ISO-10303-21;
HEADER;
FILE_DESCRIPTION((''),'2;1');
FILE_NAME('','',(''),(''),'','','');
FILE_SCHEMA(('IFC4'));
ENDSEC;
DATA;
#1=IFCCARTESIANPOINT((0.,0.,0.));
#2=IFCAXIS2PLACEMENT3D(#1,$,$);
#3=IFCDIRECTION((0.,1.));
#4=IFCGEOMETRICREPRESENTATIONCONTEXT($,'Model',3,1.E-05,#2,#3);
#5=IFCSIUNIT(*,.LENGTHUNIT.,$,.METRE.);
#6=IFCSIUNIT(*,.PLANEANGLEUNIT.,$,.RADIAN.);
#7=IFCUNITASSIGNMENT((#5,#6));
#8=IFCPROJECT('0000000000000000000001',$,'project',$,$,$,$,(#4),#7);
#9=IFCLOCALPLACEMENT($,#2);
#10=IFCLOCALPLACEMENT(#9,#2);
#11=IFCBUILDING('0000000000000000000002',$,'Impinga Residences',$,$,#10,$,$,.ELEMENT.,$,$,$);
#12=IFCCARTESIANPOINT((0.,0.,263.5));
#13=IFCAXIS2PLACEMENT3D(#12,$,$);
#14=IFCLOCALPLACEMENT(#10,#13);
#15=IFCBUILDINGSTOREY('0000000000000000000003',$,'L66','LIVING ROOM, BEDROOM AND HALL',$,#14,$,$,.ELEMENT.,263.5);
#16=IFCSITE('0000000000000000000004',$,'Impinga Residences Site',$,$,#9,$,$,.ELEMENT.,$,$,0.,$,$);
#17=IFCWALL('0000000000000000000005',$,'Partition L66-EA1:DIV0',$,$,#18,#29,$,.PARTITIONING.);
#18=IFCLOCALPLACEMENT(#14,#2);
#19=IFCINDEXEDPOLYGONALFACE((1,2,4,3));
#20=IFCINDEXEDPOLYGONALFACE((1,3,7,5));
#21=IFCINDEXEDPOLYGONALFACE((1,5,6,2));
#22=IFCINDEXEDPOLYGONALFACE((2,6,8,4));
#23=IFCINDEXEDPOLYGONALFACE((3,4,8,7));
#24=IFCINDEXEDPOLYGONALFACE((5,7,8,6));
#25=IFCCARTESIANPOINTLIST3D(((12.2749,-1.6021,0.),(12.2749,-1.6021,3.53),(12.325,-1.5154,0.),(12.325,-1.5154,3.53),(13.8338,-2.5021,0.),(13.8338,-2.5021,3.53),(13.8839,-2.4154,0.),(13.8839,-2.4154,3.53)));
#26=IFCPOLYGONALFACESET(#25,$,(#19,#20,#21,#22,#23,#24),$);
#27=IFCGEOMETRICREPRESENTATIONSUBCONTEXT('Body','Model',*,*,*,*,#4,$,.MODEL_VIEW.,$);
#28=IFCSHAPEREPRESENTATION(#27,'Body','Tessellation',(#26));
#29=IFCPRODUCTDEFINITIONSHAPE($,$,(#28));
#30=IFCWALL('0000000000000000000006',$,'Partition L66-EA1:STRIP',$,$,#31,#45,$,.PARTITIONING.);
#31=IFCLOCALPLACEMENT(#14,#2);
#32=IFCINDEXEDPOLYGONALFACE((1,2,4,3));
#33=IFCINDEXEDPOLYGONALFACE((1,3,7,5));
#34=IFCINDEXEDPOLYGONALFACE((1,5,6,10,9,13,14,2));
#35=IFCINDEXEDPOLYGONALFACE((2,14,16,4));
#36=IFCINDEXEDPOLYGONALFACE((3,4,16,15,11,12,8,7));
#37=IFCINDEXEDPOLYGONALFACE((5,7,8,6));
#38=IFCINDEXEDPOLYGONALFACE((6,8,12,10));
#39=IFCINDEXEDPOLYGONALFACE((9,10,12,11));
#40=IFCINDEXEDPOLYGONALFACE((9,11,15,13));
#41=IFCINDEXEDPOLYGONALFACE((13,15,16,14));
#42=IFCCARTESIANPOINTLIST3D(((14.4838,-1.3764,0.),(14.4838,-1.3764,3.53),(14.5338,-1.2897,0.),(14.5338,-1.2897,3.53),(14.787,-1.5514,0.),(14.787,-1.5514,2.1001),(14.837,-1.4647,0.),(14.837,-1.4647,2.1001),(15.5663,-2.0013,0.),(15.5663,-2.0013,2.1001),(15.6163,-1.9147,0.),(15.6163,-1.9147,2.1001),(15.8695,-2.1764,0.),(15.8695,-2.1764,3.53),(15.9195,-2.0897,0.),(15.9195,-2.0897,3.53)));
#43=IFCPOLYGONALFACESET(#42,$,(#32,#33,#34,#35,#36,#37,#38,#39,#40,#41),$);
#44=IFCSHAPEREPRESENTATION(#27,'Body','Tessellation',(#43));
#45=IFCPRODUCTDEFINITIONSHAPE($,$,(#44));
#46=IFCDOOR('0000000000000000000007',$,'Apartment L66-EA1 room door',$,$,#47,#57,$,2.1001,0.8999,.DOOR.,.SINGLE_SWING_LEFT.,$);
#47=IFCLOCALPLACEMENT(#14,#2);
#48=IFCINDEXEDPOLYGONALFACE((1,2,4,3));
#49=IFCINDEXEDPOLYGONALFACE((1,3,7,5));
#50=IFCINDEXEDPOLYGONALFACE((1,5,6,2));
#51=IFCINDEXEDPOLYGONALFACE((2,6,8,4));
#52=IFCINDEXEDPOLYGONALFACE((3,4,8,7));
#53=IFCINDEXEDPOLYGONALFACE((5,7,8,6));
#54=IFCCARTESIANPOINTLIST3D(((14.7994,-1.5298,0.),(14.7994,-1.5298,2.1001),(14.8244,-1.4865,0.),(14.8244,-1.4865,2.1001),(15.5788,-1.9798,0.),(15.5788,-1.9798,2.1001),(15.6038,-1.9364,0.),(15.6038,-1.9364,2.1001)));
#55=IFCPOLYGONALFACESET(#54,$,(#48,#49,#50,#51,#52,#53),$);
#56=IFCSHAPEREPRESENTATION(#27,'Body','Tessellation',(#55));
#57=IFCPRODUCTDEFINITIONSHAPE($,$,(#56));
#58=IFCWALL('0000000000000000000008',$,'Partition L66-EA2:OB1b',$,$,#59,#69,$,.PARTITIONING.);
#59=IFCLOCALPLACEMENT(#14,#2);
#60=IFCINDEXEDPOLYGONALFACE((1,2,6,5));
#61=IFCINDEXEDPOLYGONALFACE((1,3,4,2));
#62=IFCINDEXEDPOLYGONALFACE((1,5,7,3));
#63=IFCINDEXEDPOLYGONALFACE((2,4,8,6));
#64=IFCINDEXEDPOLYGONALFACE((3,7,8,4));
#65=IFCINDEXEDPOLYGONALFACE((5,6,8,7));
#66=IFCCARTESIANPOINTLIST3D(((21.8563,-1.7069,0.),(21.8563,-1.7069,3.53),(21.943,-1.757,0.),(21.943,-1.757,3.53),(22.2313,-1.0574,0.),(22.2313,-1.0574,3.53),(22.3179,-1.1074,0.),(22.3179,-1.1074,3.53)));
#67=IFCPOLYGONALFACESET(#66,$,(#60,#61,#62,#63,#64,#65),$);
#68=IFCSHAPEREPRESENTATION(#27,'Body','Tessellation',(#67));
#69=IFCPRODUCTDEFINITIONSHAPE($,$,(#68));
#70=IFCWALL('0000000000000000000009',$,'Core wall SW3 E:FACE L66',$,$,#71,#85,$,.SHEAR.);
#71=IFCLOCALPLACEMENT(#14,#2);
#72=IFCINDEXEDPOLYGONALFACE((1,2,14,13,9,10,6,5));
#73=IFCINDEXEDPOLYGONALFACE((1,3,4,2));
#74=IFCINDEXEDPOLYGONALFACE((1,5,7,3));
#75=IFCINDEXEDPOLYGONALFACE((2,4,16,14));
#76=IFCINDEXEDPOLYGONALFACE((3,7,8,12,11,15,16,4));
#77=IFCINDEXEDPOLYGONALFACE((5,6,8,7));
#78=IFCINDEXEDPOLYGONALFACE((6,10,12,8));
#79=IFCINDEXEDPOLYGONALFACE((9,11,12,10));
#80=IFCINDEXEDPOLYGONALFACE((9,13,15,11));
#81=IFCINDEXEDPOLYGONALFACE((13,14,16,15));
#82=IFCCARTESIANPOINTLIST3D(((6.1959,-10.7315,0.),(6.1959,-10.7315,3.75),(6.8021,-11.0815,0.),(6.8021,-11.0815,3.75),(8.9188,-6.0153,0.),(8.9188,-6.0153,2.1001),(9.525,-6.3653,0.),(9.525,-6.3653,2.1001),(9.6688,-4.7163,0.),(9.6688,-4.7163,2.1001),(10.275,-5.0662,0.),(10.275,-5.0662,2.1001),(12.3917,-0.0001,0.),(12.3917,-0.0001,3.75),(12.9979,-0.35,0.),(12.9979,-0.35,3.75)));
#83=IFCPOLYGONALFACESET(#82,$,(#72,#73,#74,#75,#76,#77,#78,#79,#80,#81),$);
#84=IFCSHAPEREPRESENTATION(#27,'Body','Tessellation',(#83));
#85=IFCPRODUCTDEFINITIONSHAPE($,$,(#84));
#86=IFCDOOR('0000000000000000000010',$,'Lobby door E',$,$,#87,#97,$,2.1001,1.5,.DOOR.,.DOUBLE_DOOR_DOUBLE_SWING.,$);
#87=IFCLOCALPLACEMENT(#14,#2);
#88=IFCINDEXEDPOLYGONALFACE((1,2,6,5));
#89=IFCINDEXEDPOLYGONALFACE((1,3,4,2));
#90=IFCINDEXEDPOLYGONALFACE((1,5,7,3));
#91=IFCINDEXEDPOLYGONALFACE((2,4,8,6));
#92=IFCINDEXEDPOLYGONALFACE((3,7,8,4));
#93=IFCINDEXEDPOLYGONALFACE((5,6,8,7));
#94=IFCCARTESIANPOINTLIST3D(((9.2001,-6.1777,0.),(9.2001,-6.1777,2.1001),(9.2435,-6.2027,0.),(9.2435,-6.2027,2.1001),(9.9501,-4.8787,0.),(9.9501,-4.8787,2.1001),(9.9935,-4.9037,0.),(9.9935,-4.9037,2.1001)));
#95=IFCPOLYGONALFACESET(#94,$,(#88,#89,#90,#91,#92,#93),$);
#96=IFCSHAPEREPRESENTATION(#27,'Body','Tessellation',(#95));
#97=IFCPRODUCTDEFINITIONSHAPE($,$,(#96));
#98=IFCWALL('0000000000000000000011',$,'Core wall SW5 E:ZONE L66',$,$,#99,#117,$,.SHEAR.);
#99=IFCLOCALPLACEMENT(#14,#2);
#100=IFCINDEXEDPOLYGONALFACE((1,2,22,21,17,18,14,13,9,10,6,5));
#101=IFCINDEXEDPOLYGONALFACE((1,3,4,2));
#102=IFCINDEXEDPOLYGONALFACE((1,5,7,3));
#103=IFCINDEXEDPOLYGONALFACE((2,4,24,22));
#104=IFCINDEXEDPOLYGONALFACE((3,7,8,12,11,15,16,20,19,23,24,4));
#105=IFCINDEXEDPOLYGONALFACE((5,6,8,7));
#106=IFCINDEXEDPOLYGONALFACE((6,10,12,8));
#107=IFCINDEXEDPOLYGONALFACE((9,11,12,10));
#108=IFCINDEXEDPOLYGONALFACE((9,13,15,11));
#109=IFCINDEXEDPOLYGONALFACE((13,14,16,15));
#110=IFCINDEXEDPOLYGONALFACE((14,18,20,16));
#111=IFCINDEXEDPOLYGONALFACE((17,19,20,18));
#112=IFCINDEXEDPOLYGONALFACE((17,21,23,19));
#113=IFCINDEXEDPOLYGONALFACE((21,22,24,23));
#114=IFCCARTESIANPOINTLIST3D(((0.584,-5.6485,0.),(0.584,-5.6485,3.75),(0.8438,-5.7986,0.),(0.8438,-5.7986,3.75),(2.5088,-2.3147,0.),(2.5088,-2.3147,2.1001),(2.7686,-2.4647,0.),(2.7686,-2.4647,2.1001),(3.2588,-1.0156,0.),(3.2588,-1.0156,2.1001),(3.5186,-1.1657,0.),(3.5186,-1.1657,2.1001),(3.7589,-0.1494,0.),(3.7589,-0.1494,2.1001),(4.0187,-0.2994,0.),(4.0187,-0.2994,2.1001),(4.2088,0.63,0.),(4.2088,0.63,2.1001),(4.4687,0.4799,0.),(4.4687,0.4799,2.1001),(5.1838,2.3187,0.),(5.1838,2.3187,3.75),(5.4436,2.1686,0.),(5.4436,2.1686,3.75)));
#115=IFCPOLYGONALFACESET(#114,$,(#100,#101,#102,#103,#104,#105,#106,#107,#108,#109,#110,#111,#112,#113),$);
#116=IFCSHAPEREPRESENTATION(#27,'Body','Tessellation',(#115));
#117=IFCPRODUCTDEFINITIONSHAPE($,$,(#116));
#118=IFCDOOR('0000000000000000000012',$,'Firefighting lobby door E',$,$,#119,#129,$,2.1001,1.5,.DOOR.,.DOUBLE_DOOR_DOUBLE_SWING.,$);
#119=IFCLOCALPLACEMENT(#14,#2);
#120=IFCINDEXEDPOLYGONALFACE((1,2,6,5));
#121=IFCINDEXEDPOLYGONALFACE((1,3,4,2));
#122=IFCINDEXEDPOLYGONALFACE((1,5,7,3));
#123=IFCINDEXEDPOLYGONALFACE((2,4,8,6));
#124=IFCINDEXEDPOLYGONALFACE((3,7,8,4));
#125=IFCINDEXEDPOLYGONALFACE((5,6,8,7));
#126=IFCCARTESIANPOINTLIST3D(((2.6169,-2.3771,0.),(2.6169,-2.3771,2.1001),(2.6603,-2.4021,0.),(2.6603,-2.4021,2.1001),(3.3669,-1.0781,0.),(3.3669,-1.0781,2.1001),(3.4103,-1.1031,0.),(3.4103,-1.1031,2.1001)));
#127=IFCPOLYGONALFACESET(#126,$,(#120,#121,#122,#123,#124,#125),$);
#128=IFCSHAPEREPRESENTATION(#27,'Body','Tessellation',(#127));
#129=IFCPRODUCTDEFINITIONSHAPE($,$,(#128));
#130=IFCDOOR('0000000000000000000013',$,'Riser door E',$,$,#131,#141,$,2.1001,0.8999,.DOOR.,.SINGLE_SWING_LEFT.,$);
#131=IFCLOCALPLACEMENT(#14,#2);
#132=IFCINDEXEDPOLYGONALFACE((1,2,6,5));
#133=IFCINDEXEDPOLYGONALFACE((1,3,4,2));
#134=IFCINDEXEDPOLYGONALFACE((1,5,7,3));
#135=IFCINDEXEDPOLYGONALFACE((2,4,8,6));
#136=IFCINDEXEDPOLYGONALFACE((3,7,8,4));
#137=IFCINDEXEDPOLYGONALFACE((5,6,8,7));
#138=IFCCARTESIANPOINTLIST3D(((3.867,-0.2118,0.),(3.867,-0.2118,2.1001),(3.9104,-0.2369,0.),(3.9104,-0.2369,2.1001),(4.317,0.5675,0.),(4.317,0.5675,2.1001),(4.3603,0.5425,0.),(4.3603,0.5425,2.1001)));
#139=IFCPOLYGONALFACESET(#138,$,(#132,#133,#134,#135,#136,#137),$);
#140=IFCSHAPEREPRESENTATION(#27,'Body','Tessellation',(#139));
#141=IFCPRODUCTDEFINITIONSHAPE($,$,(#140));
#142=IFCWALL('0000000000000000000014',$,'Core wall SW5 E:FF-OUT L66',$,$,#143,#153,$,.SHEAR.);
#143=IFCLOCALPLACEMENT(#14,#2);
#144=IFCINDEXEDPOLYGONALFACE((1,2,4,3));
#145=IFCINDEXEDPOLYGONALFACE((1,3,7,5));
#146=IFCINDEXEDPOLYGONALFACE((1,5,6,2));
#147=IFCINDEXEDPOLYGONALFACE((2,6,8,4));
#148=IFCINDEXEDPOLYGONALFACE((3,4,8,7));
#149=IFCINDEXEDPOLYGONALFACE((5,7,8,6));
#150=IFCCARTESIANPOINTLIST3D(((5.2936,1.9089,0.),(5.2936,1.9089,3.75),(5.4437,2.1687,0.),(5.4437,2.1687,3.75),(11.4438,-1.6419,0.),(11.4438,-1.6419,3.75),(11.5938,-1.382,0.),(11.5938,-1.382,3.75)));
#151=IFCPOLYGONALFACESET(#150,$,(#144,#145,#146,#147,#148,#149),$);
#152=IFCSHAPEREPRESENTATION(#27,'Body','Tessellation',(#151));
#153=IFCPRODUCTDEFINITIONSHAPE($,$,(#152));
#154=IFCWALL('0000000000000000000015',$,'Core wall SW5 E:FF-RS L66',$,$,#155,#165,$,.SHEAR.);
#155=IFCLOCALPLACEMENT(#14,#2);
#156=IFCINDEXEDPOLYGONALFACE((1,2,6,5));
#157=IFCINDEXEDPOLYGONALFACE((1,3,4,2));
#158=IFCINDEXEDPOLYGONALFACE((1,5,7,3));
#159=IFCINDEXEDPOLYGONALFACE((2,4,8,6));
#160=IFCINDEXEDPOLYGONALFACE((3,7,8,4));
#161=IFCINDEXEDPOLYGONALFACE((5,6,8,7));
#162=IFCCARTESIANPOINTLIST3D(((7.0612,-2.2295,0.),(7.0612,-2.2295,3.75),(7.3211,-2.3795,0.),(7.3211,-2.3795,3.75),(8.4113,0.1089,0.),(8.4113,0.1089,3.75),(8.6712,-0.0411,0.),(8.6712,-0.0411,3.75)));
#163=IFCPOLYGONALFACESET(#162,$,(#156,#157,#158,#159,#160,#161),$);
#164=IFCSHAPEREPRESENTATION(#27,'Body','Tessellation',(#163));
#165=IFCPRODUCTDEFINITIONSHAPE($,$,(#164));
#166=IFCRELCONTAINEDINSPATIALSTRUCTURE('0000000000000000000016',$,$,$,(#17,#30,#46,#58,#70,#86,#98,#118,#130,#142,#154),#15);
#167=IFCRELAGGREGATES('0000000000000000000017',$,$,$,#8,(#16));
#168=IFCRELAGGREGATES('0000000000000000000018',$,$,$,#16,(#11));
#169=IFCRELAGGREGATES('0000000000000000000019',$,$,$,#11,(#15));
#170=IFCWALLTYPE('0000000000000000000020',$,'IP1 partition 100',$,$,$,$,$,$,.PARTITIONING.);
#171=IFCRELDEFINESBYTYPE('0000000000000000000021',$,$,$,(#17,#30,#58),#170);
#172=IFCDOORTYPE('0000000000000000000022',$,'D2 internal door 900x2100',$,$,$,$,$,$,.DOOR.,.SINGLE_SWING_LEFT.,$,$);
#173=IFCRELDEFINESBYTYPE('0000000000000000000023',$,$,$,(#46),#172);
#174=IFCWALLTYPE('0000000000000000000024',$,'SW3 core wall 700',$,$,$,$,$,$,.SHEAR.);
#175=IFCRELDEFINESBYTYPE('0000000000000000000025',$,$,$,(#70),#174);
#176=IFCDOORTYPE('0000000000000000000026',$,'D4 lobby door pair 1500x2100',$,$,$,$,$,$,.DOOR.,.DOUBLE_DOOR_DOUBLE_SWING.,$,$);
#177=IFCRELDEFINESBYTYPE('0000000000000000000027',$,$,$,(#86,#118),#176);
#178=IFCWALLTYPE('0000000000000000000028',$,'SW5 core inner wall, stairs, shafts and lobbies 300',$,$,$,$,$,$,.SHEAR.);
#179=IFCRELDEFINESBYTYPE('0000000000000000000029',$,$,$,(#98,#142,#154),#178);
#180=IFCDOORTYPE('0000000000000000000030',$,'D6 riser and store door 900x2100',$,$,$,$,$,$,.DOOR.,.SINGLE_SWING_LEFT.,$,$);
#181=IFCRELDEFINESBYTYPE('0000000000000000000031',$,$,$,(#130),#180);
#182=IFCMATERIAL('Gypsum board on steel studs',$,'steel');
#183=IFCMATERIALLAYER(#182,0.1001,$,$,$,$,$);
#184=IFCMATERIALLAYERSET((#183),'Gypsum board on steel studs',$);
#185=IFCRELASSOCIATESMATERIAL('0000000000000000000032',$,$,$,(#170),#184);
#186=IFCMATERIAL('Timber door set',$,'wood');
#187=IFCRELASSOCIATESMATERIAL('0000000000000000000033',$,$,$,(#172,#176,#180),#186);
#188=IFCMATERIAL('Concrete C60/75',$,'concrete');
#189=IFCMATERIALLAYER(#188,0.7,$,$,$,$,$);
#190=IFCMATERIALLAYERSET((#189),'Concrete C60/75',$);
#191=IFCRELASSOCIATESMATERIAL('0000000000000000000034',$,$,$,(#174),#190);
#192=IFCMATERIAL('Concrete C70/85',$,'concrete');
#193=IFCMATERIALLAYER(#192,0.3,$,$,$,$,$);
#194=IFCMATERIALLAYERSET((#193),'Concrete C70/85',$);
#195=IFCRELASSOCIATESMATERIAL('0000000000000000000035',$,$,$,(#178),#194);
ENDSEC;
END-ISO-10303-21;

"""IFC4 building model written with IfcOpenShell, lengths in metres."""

from ifc_helpers import new_model, si_unit, direction, frame, frame_2d, origin, place, context, subcontext, project, spatial, rectangle, extrude, material, layer, layer_set, type_object, element, fill, save


model = new_model("IFC4")

# Units and contexts
model_context = context("Model", 3, precision=1e-05, world=origin(), true_north=direction((0.0, 1.0)))
body_context = subcontext(model_context, "Body", "Model", "MODEL_VIEW")
ifc_project = project(units=[si_unit("LENGTHUNIT", "METRE"), si_unit("PLANEANGLEUNIT", "RADIAN")], contexts=[model_context])

# Site, building, storey
site_placement = place(None, origin())
site = spatial("IfcSite", under=ifc_project, at=site_placement, Name="Impinga Residences Site", CompositionType="ELEMENT", RefElevation=0.0)
building_placement = place(site_placement, origin())
building = spatial("IfcBuilding", under=site, at=building_placement, Name="Impinga Residences", CompositionType="ELEMENT")
storey_placement = place(building_placement, frame((0.0, 0.0, 263.5)))
storey = spatial("IfcBuildingStorey", under=building, at=storey_placement, Name="L66", Description="LIVING ROOM, BEDROOM AND HALL", CompositionType="ELEMENT", Elevation=263.5)

# Shared definitions
ifc_material_1 = material(Name="Concrete C60/75", Category="concrete")

# Wall
ifc_material_2 = material(Name="Gypsum board on steel studs", Category="steel")
ifc_layer_1 = layer(ifc_material_2, 0.1001)
ifc_layer_set_1 = layer_set([ifc_layer_1], Name="Gypsum board on steel studs")
wall_type_1 = type_object("IfcWallType", Name="IP1 partition 100", PredefinedType="PARTITIONING", material=ifc_layer_set_1)
wall_1_placement = place(storey_placement, frame((12.3, -1.5588, 0.0), z_axis=(0.0, 0.0, 1.0), x_axis=(0.866048, -0.499961, 0.0)))
element("IfcWall", 1, at=wall_1_placement, inside=storey, type_object=wall_type_1, Name="Partition L66-EA1:DIV0", PredefinedType="PARTITIONING", context=body_context, shape_type="SweptSolid", body=[
    extrude(rectangle(XDim=1.8, YDim=0.1001, at=frame_2d((0.8999, 0.0))), origin(), (0.0, 0.0, 1.0), 3.53),
])

# Wall, opening, door
wall_2_placement = place(storey_placement, frame((14.5088, -1.333, 0.0), z_axis=(0.0, 0.0, 1.0), x_axis=(0.866028, -0.499995, 0.0)))
wall_2 = element("IfcWall", 2, at=wall_2_placement, inside=storey, type_object=wall_type_1, Name="Partition L66-EA1:STRIP", PredefinedType="PARTITIONING", context=body_context, shape_type="SweptSolid", body=[
    extrude(rectangle(XDim=1.6001, YDim=0.1001, at=frame_2d((0.8, 0.0))), origin(), (0.0, 0.0, 1.0), 3.53),
])
opening_1_placement = place(wall_2_placement, frame((0.3501, 0.0, 0.0)))
opening_1 = element("IfcOpeningElement", 3, at=opening_1_placement, cuts=wall_2, PredefinedType="OPENING", context=body_context, shape_type="SweptSolid", body=[
    extrude(rectangle(XDim=0.8999, YDim=2.1001, at=frame_2d((0.45, 1.05))), frame((0.0, 0.0601, 0.0), z_axis=(0.0, -1.0, 0.0), x_axis=(1.0, 0.0, 0.0)), (0.0, 0.0, 1.0), 0.1201),
])
ifc_material_3 = material(Name="Timber door set", Category="wood")
door_type_1 = type_object("IfcDoorType", Name="D2 internal door 900x2100", OperationType="SINGLE_SWING_LEFT", PredefinedType="DOOR", material=ifc_material_3)
door_1_placement = place(opening_1_placement, origin())
door_1 = element("IfcDoor", 4, at=door_1_placement, inside=storey, type_object=door_type_1, Name="Apartment L66-EA1 room door", OperationType="SINGLE_SWING_LEFT", OverallHeight=2.1001, OverallWidth=0.8999, PredefinedType="DOOR", context=body_context, shape_type="SweptSolid", body=[
    extrude(rectangle(XDim=0.8999, YDim=2.1001, at=frame_2d((0.45, 1.05))), frame((0.0, 0.0249, 0.0), z_axis=(0.0, -1.0, 0.0), x_axis=(1.0, 0.0, 0.0)), (0.0, 0.0, 1.0), 0.05),
])
fill(opening_1, door_1)

# Wall
wall_3_placement = place(storey_placement, frame((21.8997, -1.7319, 0.0), z_axis=(0.0, 0.0, 1.0), x_axis=(0.49992, 0.866072, 0.0)))
element("IfcWall", 5, at=wall_3_placement, inside=storey, type_object=wall_type_1, Name="Partition L66-EA2:OB1b", PredefinedType="PARTITIONING", context=body_context, shape_type="SweptSolid", body=[
    extrude(rectangle(XDim=0.75, YDim=0.1001, at=frame_2d((0.375, 0.0))), origin(), (0.0, 0.0, 1.0), 3.53),
])

# Wall, opening, door
ifc_layer_2 = layer(ifc_material_1, 0.7)
ifc_layer_set_2 = layer_set([ifc_layer_2], Name="Concrete C60/75")
wall_type_2 = type_object("IfcWallType", Name="SW3 core wall 700", PredefinedType="SHEAR", material=ifc_layer_set_2)
wall_4_placement = place(storey_placement, frame((12.6948, -0.175, 0.0), z_axis=(0.0, 0.0, 1.0), x_axis=(-0.5, -0.866025, 0.0)))
wall_4 = element("IfcWall", 6, at=wall_4_placement, inside=storey, type_object=wall_type_2, Name="Core wall SW3 E:FACE L66", PredefinedType="SHEAR", context=body_context, shape_type="SweptSolid", body=[
    extrude(rectangle(XDim=12.3916, YDim=0.7, at=frame_2d((6.1958, 0.0))), origin(), (0.0, 0.0, 1.0), 3.75),
])
opening_2_placement = place(wall_4_placement, frame((5.4458, 0.0, 0.0)))
opening_2 = element("IfcOpeningElement", 7, at=opening_2_placement, cuts=wall_4, PredefinedType="OPENING", context=body_context, shape_type="SweptSolid", body=[
    extrude(rectangle(XDim=1.5, YDim=2.1001, at=frame_2d((0.75, 1.05))), frame((0.0, 0.3599, 0.0), z_axis=(0.0, -1.0, 0.0), x_axis=(1.0, 0.0, 0.0)), (0.0, 0.0, 1.0), 0.72),
])
door_type_2 = type_object("IfcDoorType", Name="D4 lobby door pair 1500x2100", OperationType="DOUBLE_DOOR_DOUBLE_SWING", PredefinedType="DOOR", material=ifc_material_3)
door_2_placement = place(opening_2_placement, origin())
door_2 = element("IfcDoor", 8, at=door_2_placement, inside=storey, type_object=door_type_2, Name="Lobby door E", OperationType="DOUBLE_DOOR_DOUBLE_SWING", OverallHeight=2.1001, OverallWidth=1.5, PredefinedType="DOOR", context=body_context, shape_type="SweptSolid", body=[
    extrude(rectangle(XDim=1.5, YDim=2.1001, at=frame_2d((0.75, 1.05))), frame((0.0, 0.0249, 0.0), z_axis=(0.0, -1.0, 0.0), x_axis=(1.0, 0.0, 0.0)), (0.0, 0.0, 1.0), 0.05),
])
fill(opening_2, door_2)

# Wall, openings, doors
ifc_material_4 = material(Name="Concrete C70/85", Category="concrete")
ifc_layer_3 = layer(ifc_material_4, 0.3)
ifc_layer_set_3 = layer_set([ifc_layer_3], Name="Concrete C70/85")
wall_type_3 = type_object("IfcWallType", Name="SW5 core inner wall, stairs, shafts and lobbies 300", PredefinedType="SHEAR", material=ifc_layer_set_3)
wall_5_placement = place(storey_placement, frame((5.3137, 2.2437, 0.0), z_axis=(0.0, 0.0, 1.0), x_axis=(-0.499995, -0.866028, 0.0)))
wall_5 = element("IfcWall", 9, at=wall_5_placement, inside=storey, type_object=wall_type_3, Name="Core wall SW5 E:ZONE L66", PredefinedType="SHEAR", context=body_context, shape_type="SweptSolid", body=[
    extrude(rectangle(XDim=9.1997, YDim=0.3, at=frame_2d((4.5999, 0.0))), origin(), (0.0, 0.0, 1.0), 3.75),
])
opening_3_placement = place(wall_5_placement, frame((3.8501, 0.0, 0.0)))
opening_3 = element("IfcOpeningElement", 10, at=opening_3_placement, cuts=wall_5, PredefinedType="OPENING", context=body_context, shape_type="SweptSolid", body=[
    extrude(rectangle(XDim=1.5, YDim=2.1001, at=frame_2d((0.75, 1.05))), frame((0.0, 0.1599, 0.0), z_axis=(0.0, -1.0, 0.0), x_axis=(1.0, 0.0, 0.0)), (0.0, 0.0, 1.0), 0.3201),
])
opening_4_placement = place(wall_5_placement, frame((1.95, 0.0, 0.0)))
opening_4 = element("IfcOpeningElement", 11, at=opening_4_placement, cuts=wall_5, PredefinedType="OPENING", context=body_context, shape_type="SweptSolid", body=[
    extrude(rectangle(XDim=0.8999, YDim=2.1001, at=frame_2d((0.45, 1.05))), frame((0.0, 0.1599, 0.0), z_axis=(0.0, -1.0, 0.0), x_axis=(1.0, 0.0, 0.0)), (0.0, 0.0, 1.0), 0.3201),
])
door_3_placement = place(opening_3_placement, origin())
door_3 = element("IfcDoor", 12, at=door_3_placement, inside=storey, type_object=door_type_2, Name="Firefighting lobby door E", OperationType="DOUBLE_DOOR_DOUBLE_SWING", OverallHeight=2.1001, OverallWidth=1.5, PredefinedType="DOOR", context=body_context, shape_type="SweptSolid", body=[
    extrude(rectangle(XDim=1.5, YDim=2.1001, at=frame_2d((0.75, 1.05))), frame((0.0, 0.0249, 0.0), z_axis=(0.0, -1.0, 0.0), x_axis=(1.0, 0.0, 0.0)), (0.0, 0.0, 1.0), 0.05),
])
fill(opening_3, door_3)
door_type_3 = type_object("IfcDoorType", Name="D6 riser and store door 900x2100", OperationType="SINGLE_SWING_LEFT", PredefinedType="DOOR", material=ifc_material_3)
door_4_placement = place(opening_4_placement, origin())
door_4 = element("IfcDoor", 13, at=door_4_placement, inside=storey, type_object=door_type_3, Name="Riser door E", OperationType="SINGLE_SWING_LEFT", OverallHeight=2.1001, OverallWidth=0.8999, PredefinedType="DOOR", context=body_context, shape_type="SweptSolid", body=[
    extrude(rectangle(XDim=0.8999, YDim=2.1001, at=frame_2d((0.45, 1.05))), frame((0.0, 0.0249, 0.0), z_axis=(0.0, -1.0, 0.0), x_axis=(1.0, 0.0, 0.0)), (0.0, 0.0, 1.0), 0.05),
])
fill(opening_4, door_4)

# Walls
wall_6_placement = place(storey_placement, frame((5.3687, 2.0388, 0.0), z_axis=(0.0, 0.0, 1.0), x_axis=(0.866026, -0.499999, 0.0)))
element("IfcWall", 14, at=wall_6_placement, inside=storey, type_object=wall_type_3, Name="Core wall SW5 E:FF-OUT L66", PredefinedType="SHEAR", context=body_context, shape_type="SweptSolid", body=[
    extrude(rectangle(XDim=7.1016, YDim=0.3, at=frame_2d((3.5508, 0.0))), origin(), (0.0, 0.0, 1.0), 3.75),
])
wall_7_placement = place(storey_placement, frame((8.5413, 0.0339, 0.0), z_axis=(0.0, 0.0, 1.0), x_axis=(-0.500009, -0.86602, 0.0)))
element("IfcWall", 15, at=wall_7_placement, inside=storey, type_object=wall_type_3, Name="Core wall SW5 E:FF-RS L66", PredefinedType="SHEAR", context=body_context, shape_type="SweptSolid", body=[
    extrude(rectangle(XDim=2.7002, YDim=0.3, at=frame_2d((1.3501, 0.0))), origin(), (0.0, 0.0, 1.0), 3.75),
])

save(model, "model.ifc")
